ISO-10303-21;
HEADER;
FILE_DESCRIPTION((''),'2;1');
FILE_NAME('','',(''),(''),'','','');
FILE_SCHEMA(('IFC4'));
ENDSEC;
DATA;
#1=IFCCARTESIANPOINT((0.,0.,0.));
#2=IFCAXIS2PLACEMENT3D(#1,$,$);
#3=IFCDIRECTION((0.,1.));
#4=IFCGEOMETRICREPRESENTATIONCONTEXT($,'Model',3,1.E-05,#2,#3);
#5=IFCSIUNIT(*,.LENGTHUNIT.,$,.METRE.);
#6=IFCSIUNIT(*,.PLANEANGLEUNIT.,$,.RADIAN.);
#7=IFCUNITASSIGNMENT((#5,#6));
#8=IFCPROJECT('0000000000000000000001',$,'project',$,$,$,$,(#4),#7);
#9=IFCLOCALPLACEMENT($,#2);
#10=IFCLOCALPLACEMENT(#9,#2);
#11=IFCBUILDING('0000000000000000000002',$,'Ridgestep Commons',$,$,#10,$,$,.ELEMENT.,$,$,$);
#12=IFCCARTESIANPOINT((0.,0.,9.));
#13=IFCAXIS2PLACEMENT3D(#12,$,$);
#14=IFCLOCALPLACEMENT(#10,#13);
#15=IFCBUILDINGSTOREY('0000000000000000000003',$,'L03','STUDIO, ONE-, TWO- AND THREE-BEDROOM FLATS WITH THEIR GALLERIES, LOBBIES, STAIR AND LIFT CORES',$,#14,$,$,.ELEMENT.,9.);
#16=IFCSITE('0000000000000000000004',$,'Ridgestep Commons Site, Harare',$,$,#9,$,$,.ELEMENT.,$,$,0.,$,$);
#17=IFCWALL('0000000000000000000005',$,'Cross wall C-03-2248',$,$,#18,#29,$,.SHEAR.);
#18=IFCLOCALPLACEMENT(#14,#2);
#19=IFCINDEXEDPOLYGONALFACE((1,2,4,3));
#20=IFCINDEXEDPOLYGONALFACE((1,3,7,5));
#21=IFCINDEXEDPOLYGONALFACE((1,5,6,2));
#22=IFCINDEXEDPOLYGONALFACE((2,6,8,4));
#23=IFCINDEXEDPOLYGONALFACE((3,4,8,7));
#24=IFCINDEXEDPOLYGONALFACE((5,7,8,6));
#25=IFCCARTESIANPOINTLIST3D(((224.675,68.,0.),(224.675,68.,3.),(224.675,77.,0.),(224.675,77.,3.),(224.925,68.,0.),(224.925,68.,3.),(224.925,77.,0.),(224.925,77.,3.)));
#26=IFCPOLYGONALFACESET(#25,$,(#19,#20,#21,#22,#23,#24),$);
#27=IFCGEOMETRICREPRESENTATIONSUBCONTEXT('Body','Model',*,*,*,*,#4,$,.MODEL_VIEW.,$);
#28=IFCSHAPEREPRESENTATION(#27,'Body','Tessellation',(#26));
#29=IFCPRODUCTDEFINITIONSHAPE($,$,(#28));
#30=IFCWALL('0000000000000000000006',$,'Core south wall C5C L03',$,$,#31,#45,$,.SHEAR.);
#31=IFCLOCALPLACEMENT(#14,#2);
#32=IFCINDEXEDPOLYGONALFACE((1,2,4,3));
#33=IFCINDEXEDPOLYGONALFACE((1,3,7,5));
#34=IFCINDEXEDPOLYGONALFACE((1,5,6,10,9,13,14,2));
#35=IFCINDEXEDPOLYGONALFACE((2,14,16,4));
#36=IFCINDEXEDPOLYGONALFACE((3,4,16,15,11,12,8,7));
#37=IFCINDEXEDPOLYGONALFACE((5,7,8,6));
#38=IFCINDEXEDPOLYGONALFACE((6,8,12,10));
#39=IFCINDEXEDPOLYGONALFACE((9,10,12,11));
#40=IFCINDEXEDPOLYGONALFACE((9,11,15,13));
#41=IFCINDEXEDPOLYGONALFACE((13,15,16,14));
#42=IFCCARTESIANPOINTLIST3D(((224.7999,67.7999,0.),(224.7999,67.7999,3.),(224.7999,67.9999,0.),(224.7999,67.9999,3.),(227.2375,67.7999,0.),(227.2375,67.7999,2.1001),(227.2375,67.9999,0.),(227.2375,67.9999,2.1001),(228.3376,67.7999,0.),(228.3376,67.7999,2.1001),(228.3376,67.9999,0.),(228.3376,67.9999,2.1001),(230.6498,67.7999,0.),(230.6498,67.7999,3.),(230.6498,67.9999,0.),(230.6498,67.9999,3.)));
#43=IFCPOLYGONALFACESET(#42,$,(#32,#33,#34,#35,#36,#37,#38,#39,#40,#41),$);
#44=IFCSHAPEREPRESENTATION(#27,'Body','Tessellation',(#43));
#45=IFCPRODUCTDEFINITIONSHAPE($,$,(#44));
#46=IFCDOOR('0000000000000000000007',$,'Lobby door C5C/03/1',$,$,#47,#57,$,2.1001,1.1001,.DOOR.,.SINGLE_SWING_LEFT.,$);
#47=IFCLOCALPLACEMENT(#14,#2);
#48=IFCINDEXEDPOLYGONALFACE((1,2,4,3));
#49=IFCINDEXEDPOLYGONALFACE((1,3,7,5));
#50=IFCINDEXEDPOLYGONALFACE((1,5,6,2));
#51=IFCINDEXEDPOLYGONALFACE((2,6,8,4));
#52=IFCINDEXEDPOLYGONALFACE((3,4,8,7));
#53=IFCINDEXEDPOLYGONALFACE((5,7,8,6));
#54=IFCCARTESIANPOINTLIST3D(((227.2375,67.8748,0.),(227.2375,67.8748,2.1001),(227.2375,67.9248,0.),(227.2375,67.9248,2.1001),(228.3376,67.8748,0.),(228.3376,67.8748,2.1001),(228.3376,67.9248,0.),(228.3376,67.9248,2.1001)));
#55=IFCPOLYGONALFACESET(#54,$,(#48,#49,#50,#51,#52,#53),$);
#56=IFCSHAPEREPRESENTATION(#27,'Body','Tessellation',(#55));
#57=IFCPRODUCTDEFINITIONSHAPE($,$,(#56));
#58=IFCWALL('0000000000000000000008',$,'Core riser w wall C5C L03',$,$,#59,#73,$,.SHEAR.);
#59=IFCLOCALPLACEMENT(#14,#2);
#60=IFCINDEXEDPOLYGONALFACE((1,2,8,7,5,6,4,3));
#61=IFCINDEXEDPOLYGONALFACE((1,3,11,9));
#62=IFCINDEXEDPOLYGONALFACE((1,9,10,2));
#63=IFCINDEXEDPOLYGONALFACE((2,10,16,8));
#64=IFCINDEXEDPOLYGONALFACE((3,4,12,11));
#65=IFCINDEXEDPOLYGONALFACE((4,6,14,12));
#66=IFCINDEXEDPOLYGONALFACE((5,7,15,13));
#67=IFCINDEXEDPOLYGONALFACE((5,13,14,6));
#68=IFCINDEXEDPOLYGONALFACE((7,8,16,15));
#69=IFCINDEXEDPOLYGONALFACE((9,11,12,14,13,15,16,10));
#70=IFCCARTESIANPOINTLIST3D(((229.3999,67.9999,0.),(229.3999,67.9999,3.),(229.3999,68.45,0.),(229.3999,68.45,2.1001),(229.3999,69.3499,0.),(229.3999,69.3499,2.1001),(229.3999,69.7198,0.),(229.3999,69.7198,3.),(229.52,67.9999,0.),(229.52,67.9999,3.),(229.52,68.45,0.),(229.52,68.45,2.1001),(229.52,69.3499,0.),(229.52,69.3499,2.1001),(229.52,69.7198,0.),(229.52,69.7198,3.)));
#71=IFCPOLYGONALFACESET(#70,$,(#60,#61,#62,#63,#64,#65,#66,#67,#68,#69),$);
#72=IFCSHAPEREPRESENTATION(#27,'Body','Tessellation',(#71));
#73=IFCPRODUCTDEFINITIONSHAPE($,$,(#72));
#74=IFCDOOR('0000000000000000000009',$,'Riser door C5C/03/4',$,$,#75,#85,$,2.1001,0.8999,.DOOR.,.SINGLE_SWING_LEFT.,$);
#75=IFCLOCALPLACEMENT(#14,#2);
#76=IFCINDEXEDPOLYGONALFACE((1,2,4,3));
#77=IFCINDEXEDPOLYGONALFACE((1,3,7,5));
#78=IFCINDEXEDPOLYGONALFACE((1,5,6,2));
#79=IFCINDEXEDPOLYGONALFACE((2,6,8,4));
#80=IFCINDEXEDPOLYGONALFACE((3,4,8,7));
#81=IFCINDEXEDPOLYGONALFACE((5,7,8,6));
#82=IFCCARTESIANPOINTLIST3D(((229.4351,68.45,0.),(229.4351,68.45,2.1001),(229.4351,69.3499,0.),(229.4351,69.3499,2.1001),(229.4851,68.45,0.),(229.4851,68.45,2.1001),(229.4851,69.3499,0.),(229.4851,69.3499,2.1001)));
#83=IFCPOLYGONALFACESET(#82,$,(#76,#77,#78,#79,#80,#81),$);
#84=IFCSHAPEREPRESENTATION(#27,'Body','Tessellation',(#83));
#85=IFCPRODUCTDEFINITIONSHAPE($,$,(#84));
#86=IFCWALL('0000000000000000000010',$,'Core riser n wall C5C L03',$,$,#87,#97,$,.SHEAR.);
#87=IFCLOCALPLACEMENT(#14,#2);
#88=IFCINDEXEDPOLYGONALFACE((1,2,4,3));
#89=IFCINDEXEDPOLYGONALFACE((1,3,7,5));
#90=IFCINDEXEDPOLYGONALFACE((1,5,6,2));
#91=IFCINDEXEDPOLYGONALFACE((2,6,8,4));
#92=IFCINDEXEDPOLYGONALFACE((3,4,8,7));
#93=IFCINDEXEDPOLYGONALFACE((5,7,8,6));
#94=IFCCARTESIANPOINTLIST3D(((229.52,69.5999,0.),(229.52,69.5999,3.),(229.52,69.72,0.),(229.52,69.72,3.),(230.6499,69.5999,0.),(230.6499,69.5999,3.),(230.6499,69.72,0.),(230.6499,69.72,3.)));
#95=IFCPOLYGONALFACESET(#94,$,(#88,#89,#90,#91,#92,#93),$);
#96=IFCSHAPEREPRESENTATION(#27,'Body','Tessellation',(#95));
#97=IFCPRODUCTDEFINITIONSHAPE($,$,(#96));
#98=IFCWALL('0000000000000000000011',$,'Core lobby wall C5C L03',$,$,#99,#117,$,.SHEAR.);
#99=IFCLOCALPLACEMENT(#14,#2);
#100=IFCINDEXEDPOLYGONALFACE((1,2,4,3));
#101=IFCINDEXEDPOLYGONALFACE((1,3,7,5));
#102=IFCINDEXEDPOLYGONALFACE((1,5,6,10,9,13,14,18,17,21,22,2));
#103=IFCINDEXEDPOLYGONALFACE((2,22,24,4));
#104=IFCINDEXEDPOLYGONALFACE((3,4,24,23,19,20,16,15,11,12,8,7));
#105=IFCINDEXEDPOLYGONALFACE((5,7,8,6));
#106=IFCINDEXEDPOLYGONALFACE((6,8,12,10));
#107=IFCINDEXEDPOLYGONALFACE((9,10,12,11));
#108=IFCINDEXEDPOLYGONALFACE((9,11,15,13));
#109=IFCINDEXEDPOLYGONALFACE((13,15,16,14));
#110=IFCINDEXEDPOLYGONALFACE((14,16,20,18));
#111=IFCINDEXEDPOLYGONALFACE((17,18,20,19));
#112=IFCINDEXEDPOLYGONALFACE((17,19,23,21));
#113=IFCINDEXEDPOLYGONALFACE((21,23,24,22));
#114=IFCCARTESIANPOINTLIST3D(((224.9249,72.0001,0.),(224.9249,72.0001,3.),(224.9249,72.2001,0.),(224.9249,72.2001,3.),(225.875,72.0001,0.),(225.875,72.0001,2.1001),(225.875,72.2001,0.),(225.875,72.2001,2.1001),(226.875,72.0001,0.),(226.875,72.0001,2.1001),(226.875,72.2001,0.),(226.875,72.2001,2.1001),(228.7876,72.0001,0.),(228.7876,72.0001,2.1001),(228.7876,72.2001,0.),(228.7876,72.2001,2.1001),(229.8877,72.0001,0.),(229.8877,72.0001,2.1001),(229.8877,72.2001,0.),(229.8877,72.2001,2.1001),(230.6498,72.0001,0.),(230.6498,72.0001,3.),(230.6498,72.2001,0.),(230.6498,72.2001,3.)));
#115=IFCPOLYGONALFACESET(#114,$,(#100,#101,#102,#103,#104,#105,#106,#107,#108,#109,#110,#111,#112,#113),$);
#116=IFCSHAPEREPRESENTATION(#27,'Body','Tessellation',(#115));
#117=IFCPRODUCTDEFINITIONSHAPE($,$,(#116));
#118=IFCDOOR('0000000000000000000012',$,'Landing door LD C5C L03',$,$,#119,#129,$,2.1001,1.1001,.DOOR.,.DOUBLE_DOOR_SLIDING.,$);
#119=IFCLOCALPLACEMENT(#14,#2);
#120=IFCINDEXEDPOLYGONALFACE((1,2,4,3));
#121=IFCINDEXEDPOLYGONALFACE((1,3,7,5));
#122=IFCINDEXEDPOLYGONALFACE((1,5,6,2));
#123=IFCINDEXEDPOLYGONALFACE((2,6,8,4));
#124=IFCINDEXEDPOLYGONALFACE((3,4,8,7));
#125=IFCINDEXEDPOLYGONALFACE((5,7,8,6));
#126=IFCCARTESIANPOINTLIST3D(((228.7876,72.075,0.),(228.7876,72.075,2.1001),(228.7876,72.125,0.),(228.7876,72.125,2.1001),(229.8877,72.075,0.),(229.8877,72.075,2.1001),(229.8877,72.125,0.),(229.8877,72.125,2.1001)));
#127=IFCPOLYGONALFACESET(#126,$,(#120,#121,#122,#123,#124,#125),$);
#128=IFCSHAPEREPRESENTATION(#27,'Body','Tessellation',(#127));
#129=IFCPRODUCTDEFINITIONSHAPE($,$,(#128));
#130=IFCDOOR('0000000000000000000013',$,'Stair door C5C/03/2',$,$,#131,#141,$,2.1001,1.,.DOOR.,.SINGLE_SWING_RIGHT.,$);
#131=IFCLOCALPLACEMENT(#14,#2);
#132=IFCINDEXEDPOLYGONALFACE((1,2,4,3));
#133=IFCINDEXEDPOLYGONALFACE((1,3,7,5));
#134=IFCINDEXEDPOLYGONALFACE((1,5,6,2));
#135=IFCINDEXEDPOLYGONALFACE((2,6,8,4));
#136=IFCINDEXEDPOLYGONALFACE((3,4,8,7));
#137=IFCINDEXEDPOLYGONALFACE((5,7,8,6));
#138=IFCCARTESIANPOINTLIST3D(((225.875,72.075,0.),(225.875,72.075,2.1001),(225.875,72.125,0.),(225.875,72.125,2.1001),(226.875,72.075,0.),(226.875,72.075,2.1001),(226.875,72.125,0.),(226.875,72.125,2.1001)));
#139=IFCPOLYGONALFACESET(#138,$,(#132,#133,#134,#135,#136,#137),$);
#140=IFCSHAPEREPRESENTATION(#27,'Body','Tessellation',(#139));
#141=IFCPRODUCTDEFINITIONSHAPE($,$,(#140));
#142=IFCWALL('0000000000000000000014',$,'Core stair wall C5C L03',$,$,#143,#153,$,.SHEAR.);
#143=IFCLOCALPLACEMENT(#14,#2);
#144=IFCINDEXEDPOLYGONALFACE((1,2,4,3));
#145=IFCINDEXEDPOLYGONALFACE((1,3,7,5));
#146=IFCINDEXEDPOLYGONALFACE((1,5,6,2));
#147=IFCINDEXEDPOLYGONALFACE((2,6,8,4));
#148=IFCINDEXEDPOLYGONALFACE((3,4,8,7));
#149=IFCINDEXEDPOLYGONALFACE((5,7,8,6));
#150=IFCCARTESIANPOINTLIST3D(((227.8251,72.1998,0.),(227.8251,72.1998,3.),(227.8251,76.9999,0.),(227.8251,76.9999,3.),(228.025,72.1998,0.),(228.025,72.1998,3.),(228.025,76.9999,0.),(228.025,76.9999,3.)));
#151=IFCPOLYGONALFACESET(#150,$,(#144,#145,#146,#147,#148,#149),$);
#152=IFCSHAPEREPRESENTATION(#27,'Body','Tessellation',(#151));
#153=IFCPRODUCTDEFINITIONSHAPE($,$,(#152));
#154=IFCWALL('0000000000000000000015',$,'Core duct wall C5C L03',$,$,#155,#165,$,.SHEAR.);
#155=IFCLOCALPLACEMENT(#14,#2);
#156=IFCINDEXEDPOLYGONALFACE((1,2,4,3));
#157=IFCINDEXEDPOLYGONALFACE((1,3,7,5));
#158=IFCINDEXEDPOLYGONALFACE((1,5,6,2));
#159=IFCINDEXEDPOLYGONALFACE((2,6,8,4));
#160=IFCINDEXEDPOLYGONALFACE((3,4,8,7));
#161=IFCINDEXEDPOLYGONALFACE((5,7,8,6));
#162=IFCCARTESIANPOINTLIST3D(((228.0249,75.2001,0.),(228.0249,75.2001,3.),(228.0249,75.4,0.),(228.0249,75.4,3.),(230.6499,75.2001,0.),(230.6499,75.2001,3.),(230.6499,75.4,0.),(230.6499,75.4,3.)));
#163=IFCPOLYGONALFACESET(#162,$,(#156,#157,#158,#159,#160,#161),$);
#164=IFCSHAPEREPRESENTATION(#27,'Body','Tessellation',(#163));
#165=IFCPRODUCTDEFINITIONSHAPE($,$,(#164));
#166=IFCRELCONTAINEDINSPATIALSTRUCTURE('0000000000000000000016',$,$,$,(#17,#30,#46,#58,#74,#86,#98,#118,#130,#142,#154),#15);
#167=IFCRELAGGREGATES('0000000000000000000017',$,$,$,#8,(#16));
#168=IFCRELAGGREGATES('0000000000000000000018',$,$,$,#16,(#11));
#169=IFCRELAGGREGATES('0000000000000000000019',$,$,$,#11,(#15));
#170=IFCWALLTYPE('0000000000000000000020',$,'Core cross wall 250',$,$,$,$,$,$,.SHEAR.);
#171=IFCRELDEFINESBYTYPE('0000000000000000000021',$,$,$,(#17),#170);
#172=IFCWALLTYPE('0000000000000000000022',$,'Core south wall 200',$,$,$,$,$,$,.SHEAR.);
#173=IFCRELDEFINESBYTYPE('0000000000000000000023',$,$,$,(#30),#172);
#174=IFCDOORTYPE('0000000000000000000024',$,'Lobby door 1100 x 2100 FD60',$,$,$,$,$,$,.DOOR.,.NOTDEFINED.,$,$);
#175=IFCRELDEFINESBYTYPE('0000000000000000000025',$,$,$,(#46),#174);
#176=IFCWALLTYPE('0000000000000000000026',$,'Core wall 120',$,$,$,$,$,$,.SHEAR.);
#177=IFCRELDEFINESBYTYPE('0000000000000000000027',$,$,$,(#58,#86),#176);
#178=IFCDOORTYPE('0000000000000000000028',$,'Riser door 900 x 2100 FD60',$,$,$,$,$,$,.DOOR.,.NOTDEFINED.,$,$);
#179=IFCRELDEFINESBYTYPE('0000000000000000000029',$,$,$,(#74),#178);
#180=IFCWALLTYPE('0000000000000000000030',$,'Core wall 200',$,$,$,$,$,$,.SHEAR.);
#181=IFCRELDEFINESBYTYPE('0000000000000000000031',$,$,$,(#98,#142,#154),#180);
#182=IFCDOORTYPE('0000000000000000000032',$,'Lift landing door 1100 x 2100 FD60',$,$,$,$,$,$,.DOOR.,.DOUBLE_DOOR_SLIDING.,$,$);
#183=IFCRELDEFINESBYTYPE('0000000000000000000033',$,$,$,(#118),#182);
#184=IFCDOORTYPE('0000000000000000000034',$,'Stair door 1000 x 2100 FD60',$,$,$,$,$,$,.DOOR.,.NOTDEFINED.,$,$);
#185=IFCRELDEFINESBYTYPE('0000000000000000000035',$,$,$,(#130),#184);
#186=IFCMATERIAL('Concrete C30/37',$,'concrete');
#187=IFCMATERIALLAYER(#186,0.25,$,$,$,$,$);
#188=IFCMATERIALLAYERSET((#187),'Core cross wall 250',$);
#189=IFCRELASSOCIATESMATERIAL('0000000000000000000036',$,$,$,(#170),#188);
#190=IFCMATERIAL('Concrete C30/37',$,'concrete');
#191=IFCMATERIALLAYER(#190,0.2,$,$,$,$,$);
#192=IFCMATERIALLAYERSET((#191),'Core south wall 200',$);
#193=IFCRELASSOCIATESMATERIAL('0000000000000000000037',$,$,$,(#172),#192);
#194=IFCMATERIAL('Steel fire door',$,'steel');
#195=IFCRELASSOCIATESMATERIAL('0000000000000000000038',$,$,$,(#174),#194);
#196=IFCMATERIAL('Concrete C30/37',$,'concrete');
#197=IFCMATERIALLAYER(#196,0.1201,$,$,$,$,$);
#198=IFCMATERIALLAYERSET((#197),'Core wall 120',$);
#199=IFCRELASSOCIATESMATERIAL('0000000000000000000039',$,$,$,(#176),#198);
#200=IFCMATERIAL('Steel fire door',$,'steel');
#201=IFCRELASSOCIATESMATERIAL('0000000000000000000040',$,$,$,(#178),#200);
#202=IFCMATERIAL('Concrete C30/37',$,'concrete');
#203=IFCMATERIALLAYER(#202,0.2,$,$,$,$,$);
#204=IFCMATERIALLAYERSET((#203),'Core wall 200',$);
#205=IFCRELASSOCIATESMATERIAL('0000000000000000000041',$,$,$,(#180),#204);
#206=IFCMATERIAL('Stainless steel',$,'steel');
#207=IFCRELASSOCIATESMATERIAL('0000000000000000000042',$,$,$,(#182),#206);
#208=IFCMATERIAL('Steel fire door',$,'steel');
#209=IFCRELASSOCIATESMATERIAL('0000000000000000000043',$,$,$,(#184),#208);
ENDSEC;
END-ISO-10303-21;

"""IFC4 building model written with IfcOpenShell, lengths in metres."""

from ifc_helpers import new_model, si_unit, direction, frame, frame_2d, origin, place, context, subcontext, project, spatial, rectangle, extrude, material, layer, layer_set, type_object, element, fill, save


model = new_model("IFC4")

# Units and contexts
model_context = context("Model", 3, precision=1e-05, world=origin(), true_north=direction((0.0, 1.0)))
body_context = subcontext(model_context, "Body", "Model", "MODEL_VIEW")
ifc_project = project(units=[si_unit("LENGTHUNIT", "METRE"), si_unit("PLANEANGLEUNIT", "RADIAN")], contexts=[model_context])

# Site, building, storey
site_placement = place(None, origin())
site = spatial("IfcSite", under=ifc_project, at=site_placement, Name="Ridgestep Commons Site, Harare", CompositionType="ELEMENT", RefElevation=0.0)
building_placement = place(site_placement, origin())
building = spatial("IfcBuilding", under=site, at=building_placement, Name="Ridgestep Commons", CompositionType="ELEMENT")
storey_placement = place(building_placement, frame((0.0, 0.0, 9.0)))
storey = spatial("IfcBuildingStorey", under=building, at=storey_placement, Name="L03", Description="STUDIO, ONE-, TWO- AND THREE-BEDROOM FLATS WITH THEIR GALLERIES, LOBBIES, STAIR AND LIFT CORES", CompositionType="ELEMENT", Elevation=9.0)

# Wall
ifc_material_1 = material(Name="Concrete C30/37", Category="concrete")
ifc_layer_1 = layer(ifc_material_1, 0.25)
ifc_layer_set_1 = layer_set([ifc_layer_1], Name="Core cross wall 250")
wall_type_1 = type_object("IfcWallType", Name="Core cross wall 250", PredefinedType="SHEAR", material=ifc_layer_set_1)
wall_1_placement = place(storey_placement, frame((224.8, 68.0, 0.0), z_axis=(0.0, 0.0, 1.0), x_axis=(0.0, 1.0, 0.0)))
element("IfcWall", 1, at=wall_1_placement, inside=storey, type_object=wall_type_1, Name="Cross wall C-03-2248", PredefinedType="SHEAR", context=body_context, shape_type="SweptSolid", body=[
    extrude(rectangle(XDim=9.0, YDim=0.25, at=frame_2d((4.5, 0.0))), origin(), (0.0, 0.0, 1.0), 3.0),
])

# Walls, openings, doors
ifc_material_2 = material(Name="Concrete C30/37", Category="concrete")
ifc_layer_2 = layer(ifc_material_2, 0.2)
ifc_layer_set_2 = layer_set([ifc_layer_2], Name="Core south wall 200")
wall_type_2 = type_object("IfcWallType", Name="Core south wall 200", PredefinedType="SHEAR", material=ifc_layer_set_2)
wall_2_placement = place(storey_placement, frame((224.8, 67.8999, 0.0), z_axis=(0.0, 0.0, 1.0), x_axis=(1.0, 0.0, 0.0)))
wall_2 = element("IfcWall", 2, at=wall_2_placement, inside=storey, type_object=wall_type_2, Name="Core south wall C5C L03", PredefinedType="SHEAR", context=body_context, shape_type="SweptSolid", body=[
    extrude(rectangle(XDim=5.8499, YDim=0.2, at=frame_2d((2.9248, 0.0))), origin(), (0.0, 0.0, 1.0), 3.0),
])
opening_1_placement = place(wall_2_placement, frame((2.4375, 0.0, 0.0)))
opening_1 = element("IfcOpeningElement", 3, at=opening_1_placement, cuts=wall_2, PredefinedType="OPENING", context=body_context, shape_type="SweptSolid", body=[
    extrude(rectangle(XDim=1.1001, YDim=2.1001, at=frame_2d((0.55, 1.05))), frame((0.0, 0.1099, 0.0), z_axis=(0.0, -1.0, 0.0), x_axis=(1.0, 0.0, 0.0)), (0.0, 0.0, 1.0), 0.22),
])
ifc_material_3 = material(Name="Steel fire door", Category="steel")
door_type_1 = type_object("IfcDoorType", Name="Lobby door 1100 x 2100 FD60", OperationType="NOTDEFINED", PredefinedType="DOOR", material=ifc_material_3)
door_1_placement = place(opening_1_placement, origin())
door_1 = element("IfcDoor", 4, at=door_1_placement, inside=storey, type_object=door_type_1, Name="Lobby door C5C/03/1", OperationType="SINGLE_SWING_LEFT", OverallHeight=2.1001, OverallWidth=1.1001, PredefinedType="DOOR", context=body_context, shape_type="SweptSolid", body=[
    extrude(rectangle(XDim=1.1001, YDim=2.1001, at=frame_2d((0.55, 1.05))), frame((0.0, 0.0249, 0.0), z_axis=(0.0, -1.0, 0.0), x_axis=(1.0, 0.0, 0.0)), (0.0, 0.0, 1.0), 0.05),
])
fill(opening_1, door_1)
ifc_material_4 = material(Name="Concrete C30/37", Category="concrete")
ifc_layer_3 = layer(ifc_material_4, 0.1201)
ifc_layer_set_3 = layer_set([ifc_layer_3], Name="Core wall 120")
wall_type_3 = type_object("IfcWallType", Name="Core wall 120", PredefinedType="SHEAR", material=ifc_layer_set_3)
wall_3_placement = place(storey_placement, frame((229.46, 68.0, 0.0), z_axis=(0.0, 0.0, 1.0), x_axis=(0.0, 1.0, 0.0)))
wall_3 = element("IfcWall", 5, at=wall_3_placement, inside=storey, type_object=wall_type_3, Name="Core riser w wall C5C L03", PredefinedType="SHEAR", context=body_context, shape_type="SweptSolid", body=[
    extrude(rectangle(XDim=1.72, YDim=0.1201, at=frame_2d((0.8599, 0.0))), origin(), (0.0, 0.0, 1.0), 3.0),
])
opening_2_placement = place(wall_3_placement, frame((0.45, 0.0, 0.0)))
opening_2 = element("IfcOpeningElement", 6, at=opening_2_placement, cuts=wall_3, PredefinedType="OPENING", context=body_context, shape_type="SweptSolid", body=[
    extrude(rectangle(XDim=0.8999, YDim=2.1001, at=frame_2d((0.45, 1.05))), frame((0.0, 0.0701, 0.0), z_axis=(0.0, -1.0, 0.0), x_axis=(1.0, 0.0, 0.0)), (0.0, 0.0, 1.0), 0.1401),
])
ifc_material_5 = material(Name="Steel fire door", Category="steel")
door_type_2 = type_object("IfcDoorType", Name="Riser door 900 x 2100 FD60", OperationType="NOTDEFINED", PredefinedType="DOOR", material=ifc_material_5)
door_2_placement = place(opening_2_placement, origin())
door_2 = element("IfcDoor", 7, at=door_2_placement, inside=storey, type_object=door_type_2, Name="Riser door C5C/03/4", OperationType="SINGLE_SWING_LEFT", OverallHeight=2.1001, OverallWidth=0.8999, PredefinedType="DOOR", context=body_context, shape_type="SweptSolid", body=[
    extrude(rectangle(XDim=0.8999, YDim=2.1001, at=frame_2d((0.45, 1.05))), frame((0.0, 0.0249, 0.0), z_axis=(0.0, -1.0, 0.0), x_axis=(1.0, 0.0, 0.0)), (0.0, 0.0, 1.0), 0.05),
])
fill(opening_2, door_2)

# Wall
wall_4_placement = place(storey_placement, frame((229.52, 69.6599, 0.0), z_axis=(0.0, 0.0, 1.0), x_axis=(1.0, 0.0, 0.0)))
element("IfcWall", 8, at=wall_4_placement, inside=storey, type_object=wall_type_3, Name="Core riser n wall C5C L03", PredefinedType="SHEAR", context=body_context, shape_type="SweptSolid", body=[
    extrude(rectangle(XDim=1.1299, YDim=0.1201, at=frame_2d((0.5649, 0.0))), origin(), (0.0, 0.0, 1.0), 3.0),
])

# Wall, openings, doors
ifc_material_6 = material(Name="Concrete C30/37", Category="concrete")
ifc_layer_4 = layer(ifc_material_6, 0.2)
ifc_layer_set_4 = layer_set([ifc_layer_4], Name="Core wall 200")
wall_type_4 = type_object("IfcWallType", Name="Core wall 200", PredefinedType="SHEAR", material=ifc_layer_set_4)
wall_5_placement = place(storey_placement, frame((224.925, 72.1001, 0.0), z_axis=(0.0, 0.0, 1.0), x_axis=(1.0, 0.0, 0.0)))
wall_5 = element("IfcWall", 9, at=wall_5_placement, inside=storey, type_object=wall_type_4, Name="Core lobby wall C5C L03", PredefinedType="SHEAR", context=body_context, shape_type="SweptSolid", body=[
    extrude(rectangle(XDim=5.7249, YDim=0.2, at=frame_2d((2.8623, 0.0))), origin(), (0.0, 0.0, 1.0), 3.0),
])
opening_3_placement = place(wall_5_placement, frame((0.95, 0.0, 0.0)))
opening_3 = element("IfcOpeningElement", 10, at=opening_3_placement, cuts=wall_5, PredefinedType="OPENING", context=body_context, shape_type="SweptSolid", body=[
    extrude(rectangle(XDim=1.0, YDim=2.1001, at=frame_2d((0.5, 1.05))), frame((0.0, 0.1099, 0.0), z_axis=(0.0, -1.0, 0.0), x_axis=(1.0, 0.0, 0.0)), (0.0, 0.0, 1.0), 0.22),
])
opening_4_placement = place(wall_5_placement, frame((3.8625, 0.0, 0.0)))
opening_4 = element("IfcOpeningElement", 11, at=opening_4_placement, cuts=wall_5, PredefinedType="OPENING", context=body_context, shape_type="SweptSolid", body=[
    extrude(rectangle(XDim=1.1001, YDim=2.1001, at=frame_2d((0.55, 1.05))), frame((0.0, 0.1099, 0.0), z_axis=(0.0, -1.0, 0.0), x_axis=(1.0, 0.0, 0.0)), (0.0, 0.0, 1.0), 0.22),
])
ifc_material_7 = material(Name="Stainless steel", Category="steel")
door_type_3 = type_object("IfcDoorType", Name="Lift landing door 1100 x 2100 FD60", OperationType="DOUBLE_DOOR_SLIDING", PredefinedType="DOOR", material=ifc_material_7)
door_3_placement = place(opening_4_placement, origin())
door_3 = element("IfcDoor", 12, at=door_3_placement, inside=storey, type_object=door_type_3, Name="Landing door LD C5C L03", OperationType="DOUBLE_DOOR_SLIDING", OverallHeight=2.1001, OverallWidth=1.1001, PredefinedType="DOOR", context=body_context, shape_type="SweptSolid", body=[
    extrude(rectangle(XDim=1.1001, YDim=2.1001, at=frame_2d((0.55, 1.05))), frame((0.0, 0.0249, 0.0), z_axis=(0.0, -1.0, 0.0), x_axis=(1.0, 0.0, 0.0)), (0.0, 0.0, 1.0), 0.05),
])
fill(opening_4, door_3)
ifc_material_8 = material(Name="Steel fire door", Category="steel")
door_type_4 = type_object("IfcDoorType", Name="Stair door 1000 x 2100 FD60", OperationType="NOTDEFINED", PredefinedType="DOOR", material=ifc_material_8)
door_4_placement = place(opening_3_placement, origin())
door_4 = element("IfcDoor", 13, at=door_4_placement, inside=storey, type_object=door_type_4, Name="Stair door C5C/03/2", OperationType="SINGLE_SWING_RIGHT", OverallHeight=2.1001, OverallWidth=1.0, PredefinedType="DOOR", context=body_context, shape_type="SweptSolid", body=[
    extrude(rectangle(XDim=1.0, YDim=2.1001, at=frame_2d((0.5, 1.05))), frame((0.0, 0.0249, 0.0), z_axis=(0.0, -1.0, 0.0), x_axis=(1.0, 0.0, 0.0)), (0.0, 0.0, 1.0), 0.05),
])
fill(opening_3, door_4)

# Walls
wall_6_placement = place(storey_placement, frame((227.925, 72.2, 0.0), z_axis=(0.0, 0.0, 1.0), x_axis=(0.0, 1.0, 0.0)))
element("IfcWall", 14, at=wall_6_placement, inside=storey, type_object=wall_type_4, Name="Core stair wall C5C L03", PredefinedType="SHEAR", context=body_context, shape_type="SweptSolid", body=[
    extrude(rectangle(XDim=4.8, YDim=0.2, at=frame_2d((2.3999, 0.0))), origin(), (0.0, 0.0, 1.0), 3.0),
])
wall_7_placement = place(storey_placement, frame((228.0249, 75.3, 0.0), z_axis=(0.0, 0.0, 1.0), x_axis=(1.0, 0.0, 0.0)))
element("IfcWall", 15, at=wall_7_placement, inside=storey, type_object=wall_type_4, Name="Core duct wall C5C L03", PredefinedType="SHEAR", context=body_context, shape_type="SweptSolid", body=[
    extrude(rectangle(XDim=2.625, YDim=0.2, at=frame_2d((1.3125, 0.0))), origin(), (0.0, 0.0, 1.0), 3.0),
])

save(model, "model.ifc")
